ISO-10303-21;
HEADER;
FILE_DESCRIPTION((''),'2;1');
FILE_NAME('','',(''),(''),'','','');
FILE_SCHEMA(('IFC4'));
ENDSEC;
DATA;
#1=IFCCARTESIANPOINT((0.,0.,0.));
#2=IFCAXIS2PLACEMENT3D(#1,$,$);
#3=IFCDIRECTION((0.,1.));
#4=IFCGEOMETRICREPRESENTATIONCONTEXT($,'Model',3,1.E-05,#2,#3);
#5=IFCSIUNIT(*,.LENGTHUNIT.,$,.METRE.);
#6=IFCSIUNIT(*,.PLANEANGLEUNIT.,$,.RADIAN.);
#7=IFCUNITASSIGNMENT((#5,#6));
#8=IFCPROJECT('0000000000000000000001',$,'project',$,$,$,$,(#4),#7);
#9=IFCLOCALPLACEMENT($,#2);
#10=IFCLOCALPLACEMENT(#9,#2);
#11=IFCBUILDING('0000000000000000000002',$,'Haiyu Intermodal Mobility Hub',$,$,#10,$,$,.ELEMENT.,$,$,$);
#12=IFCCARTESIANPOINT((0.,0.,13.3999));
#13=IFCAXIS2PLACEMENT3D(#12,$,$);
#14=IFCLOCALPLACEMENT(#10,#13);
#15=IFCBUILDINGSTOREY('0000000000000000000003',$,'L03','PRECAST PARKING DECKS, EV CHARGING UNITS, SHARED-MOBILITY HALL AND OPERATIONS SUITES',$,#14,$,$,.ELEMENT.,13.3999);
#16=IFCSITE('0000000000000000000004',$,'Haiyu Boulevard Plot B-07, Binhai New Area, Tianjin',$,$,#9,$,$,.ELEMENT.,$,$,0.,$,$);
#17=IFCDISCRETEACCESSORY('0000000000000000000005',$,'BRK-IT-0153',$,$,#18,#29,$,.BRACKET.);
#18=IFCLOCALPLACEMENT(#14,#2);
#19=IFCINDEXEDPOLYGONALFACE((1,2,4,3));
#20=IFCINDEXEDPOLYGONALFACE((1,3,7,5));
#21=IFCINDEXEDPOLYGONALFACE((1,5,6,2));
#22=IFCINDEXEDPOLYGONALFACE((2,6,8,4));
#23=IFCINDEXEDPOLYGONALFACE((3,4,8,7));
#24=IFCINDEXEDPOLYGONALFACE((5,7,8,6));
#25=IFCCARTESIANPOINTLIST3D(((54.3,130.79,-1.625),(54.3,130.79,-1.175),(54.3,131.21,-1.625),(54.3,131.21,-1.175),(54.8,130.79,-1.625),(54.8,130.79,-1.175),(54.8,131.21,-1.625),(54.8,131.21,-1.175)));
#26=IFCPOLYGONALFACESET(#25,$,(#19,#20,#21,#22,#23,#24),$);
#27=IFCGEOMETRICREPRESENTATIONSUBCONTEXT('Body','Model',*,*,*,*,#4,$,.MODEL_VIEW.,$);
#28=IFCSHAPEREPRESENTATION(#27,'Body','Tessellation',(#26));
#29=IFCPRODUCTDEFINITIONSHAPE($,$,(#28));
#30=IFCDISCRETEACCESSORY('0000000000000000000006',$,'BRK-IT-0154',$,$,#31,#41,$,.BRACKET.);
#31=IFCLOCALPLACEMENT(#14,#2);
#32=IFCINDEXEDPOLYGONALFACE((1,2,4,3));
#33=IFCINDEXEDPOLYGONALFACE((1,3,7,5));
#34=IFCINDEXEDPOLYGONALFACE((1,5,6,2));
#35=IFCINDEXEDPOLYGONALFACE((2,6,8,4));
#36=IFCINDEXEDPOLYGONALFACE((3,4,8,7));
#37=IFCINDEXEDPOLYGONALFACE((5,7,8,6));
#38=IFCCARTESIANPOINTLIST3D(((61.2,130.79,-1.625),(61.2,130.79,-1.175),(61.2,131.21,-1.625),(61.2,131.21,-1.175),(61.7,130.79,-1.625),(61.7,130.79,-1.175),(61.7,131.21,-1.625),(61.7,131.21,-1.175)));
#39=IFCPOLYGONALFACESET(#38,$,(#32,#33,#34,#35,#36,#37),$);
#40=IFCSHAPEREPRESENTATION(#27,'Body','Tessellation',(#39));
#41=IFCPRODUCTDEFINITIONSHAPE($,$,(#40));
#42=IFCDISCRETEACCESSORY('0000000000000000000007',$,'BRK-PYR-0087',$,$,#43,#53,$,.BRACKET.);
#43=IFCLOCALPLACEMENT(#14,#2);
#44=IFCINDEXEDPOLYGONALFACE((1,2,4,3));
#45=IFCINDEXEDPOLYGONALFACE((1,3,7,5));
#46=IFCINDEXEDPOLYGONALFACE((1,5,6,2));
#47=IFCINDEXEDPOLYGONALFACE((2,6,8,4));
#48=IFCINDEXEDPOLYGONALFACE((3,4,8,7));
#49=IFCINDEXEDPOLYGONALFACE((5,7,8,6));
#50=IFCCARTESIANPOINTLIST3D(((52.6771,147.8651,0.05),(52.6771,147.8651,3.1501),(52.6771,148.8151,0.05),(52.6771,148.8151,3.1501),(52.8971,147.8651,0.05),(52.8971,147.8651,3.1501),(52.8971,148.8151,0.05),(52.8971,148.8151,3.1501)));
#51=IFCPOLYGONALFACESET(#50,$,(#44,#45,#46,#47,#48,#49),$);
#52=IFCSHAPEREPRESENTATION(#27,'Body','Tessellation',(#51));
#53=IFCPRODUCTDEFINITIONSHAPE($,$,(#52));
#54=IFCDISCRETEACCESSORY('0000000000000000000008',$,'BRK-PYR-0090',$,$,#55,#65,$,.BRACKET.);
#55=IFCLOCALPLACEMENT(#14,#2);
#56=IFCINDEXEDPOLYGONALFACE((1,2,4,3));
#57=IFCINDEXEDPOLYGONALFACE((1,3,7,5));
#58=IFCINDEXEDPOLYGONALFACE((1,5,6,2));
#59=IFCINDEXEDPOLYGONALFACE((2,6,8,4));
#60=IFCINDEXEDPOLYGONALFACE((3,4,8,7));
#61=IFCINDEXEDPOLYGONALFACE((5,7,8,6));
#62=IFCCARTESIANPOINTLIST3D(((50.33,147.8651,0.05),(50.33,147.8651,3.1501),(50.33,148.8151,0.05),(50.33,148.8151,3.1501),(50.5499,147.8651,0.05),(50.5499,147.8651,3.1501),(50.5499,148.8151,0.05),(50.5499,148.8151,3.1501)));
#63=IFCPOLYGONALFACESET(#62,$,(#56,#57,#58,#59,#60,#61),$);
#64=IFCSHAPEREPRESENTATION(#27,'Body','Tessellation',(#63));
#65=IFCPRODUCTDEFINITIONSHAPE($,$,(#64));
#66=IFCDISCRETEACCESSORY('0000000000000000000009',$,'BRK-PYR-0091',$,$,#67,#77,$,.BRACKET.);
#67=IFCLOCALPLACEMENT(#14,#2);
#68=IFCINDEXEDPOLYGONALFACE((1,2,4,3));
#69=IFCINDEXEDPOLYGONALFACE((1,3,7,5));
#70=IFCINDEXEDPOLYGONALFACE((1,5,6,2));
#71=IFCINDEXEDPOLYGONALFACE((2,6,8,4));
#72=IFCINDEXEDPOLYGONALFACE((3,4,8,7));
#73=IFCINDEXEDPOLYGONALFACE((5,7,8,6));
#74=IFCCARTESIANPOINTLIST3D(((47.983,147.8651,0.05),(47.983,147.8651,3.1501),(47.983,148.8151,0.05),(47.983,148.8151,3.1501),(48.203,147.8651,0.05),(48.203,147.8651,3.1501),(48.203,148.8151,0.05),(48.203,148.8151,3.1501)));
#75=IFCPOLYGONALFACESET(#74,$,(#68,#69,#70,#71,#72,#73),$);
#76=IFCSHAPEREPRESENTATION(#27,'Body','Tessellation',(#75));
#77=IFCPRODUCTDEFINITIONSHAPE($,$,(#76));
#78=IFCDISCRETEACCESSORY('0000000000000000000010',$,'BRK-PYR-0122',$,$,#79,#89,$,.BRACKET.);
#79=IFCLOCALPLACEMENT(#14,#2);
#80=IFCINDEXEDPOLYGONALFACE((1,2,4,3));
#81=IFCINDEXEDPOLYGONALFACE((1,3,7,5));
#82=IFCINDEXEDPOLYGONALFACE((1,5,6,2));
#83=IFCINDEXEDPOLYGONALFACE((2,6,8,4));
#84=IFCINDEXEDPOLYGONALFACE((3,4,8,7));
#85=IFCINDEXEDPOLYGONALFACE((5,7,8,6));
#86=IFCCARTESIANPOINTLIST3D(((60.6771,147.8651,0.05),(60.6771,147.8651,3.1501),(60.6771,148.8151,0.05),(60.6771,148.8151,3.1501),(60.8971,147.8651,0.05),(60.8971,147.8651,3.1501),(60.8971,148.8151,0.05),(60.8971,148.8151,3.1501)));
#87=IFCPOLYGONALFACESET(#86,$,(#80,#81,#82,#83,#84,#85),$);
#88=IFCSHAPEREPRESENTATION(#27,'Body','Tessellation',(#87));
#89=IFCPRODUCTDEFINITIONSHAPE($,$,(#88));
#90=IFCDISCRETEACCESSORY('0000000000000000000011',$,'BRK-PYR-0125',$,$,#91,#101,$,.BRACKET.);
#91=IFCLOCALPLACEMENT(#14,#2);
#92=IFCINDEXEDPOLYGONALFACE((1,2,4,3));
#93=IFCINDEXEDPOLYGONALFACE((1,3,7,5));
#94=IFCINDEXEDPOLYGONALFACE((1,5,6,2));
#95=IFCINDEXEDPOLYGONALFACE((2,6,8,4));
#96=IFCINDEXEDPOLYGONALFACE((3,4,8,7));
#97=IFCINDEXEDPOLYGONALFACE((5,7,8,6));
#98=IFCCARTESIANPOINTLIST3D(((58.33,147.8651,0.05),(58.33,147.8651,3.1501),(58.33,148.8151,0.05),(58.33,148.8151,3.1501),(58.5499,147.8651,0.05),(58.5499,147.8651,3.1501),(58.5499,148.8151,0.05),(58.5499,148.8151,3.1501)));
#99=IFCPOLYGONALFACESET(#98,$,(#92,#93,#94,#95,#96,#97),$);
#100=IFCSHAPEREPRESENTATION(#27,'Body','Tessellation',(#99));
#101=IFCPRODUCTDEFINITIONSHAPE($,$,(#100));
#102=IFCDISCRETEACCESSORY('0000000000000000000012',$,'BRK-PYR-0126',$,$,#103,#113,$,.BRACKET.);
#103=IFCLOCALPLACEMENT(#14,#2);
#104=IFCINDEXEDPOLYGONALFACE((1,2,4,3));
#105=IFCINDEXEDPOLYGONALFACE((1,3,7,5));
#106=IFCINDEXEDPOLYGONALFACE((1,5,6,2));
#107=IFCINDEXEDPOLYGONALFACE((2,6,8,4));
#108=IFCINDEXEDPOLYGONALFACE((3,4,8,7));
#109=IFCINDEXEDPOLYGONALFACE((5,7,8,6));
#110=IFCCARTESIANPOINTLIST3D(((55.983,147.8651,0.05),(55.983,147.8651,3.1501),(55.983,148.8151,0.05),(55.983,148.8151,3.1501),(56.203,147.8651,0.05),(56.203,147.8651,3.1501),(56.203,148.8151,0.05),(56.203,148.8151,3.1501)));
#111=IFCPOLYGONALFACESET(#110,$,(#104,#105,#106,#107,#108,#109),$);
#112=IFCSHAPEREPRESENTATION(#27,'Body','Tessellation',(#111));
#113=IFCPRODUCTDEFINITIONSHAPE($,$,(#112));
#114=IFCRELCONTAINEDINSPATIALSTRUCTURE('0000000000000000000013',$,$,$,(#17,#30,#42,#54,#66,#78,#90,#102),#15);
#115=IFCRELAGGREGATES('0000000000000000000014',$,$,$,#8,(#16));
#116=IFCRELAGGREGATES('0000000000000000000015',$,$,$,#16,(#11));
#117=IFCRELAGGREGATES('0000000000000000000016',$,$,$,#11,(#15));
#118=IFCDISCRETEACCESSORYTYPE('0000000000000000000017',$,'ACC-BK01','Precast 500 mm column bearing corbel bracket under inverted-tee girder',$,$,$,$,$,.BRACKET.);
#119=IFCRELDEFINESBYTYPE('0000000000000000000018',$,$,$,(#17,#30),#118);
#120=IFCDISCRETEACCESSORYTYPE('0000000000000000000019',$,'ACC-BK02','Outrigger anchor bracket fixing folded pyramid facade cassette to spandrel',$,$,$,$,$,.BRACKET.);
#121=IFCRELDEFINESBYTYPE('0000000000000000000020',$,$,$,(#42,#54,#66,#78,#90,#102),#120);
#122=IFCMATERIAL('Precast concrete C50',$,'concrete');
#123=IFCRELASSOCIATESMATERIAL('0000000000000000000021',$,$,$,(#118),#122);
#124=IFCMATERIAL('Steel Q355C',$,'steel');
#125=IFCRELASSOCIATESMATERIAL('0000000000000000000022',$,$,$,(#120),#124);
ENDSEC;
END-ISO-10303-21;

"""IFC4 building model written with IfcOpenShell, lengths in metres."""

from ifc_helpers import new_model, si_unit, direction, frame, origin, origin_2d, place, context, subcontext, project, spatial, rectangle, extrude, material, type_object, element, save


model = new_model("IFC4")

# Units and contexts
model_context = context("Model", 3, precision=1e-05, world=origin(), true_north=direction((0.0, 1.0)))
body_context = subcontext(model_context, "Body", "Model", "MODEL_VIEW")
ifc_project = project(units=[si_unit("LENGTHUNIT", "METRE"), si_unit("PLANEANGLEUNIT", "RADIAN")], contexts=[model_context])

# Site, building, storey
site_placement = place(None, origin())
site = spatial("IfcSite", under=ifc_project, at=site_placement, Name="Haiyu Boulevard Plot B-07, Binhai New Area, Tianjin", CompositionType="ELEMENT", RefElevation=0.0)
building_placement = place(site_placement, origin())
building = spatial("IfcBuilding", under=site, at=building_placement, Name="Haiyu Intermodal Mobility Hub", CompositionType="ELEMENT")
storey_placement = place(building_placement, frame((0.0, 0.0, 13.3999)))
storey = spatial("IfcBuildingStorey", under=building, at=storey_placement, Name="L03", Description="PRECAST PARKING DECKS, EV CHARGING UNITS, SHARED-MOBILITY HALL AND OPERATIONS SUITES", CompositionType="ELEMENT", Elevation=13.3999)

# Shared definitions
ifc_material_1 = material(Name="Precast concrete C50", Category="concrete")

# Shared definitions
ifc_material_2 = material(Name="Steel Q355C", Category="steel")

# Discrete accessories
discrete_accessory_type_1 = type_object("IfcDiscreteAccessoryType", Name="ACC-BK01", Description="Precast 500 mm column bearing corbel bracket under inverted-tee girder", PredefinedType="BRACKET", material=ifc_material_1)
for number, where, z_axis, x_axis, name in (
    (1, (54.55, 131.0, -1.625), (0.0, 0.0, 1.0), (1.0, 0.0, 0.0), "BRK-IT-0153"),
    (2, (61.45, 131.0, -1.625), (0.0, 0.0, 1.0), (1.0, 0.0, 0.0), "BRK-IT-0154"),
):
    element("IfcDiscreteAccessory", number, at=place(storey_placement, frame(where, z_axis=z_axis, x_axis=x_axis)), inside=storey, type_object=discrete_accessory_type_1, Name=name, PredefinedType="BRACKET", context=body_context, shape_type="SweptSolid", body=[
        extrude(rectangle(XDim=0.5, YDim=0.4199, at=origin_2d()), origin(), (0.0, 0.0, 1.0), 0.45),
    ])
discrete_accessory_type_2 = type_object("IfcDiscreteAccessoryType", Name="ACC-BK02", Description="Outrigger anchor bracket fixing folded pyramid facade cassette to spandrel", PredefinedType="BRACKET", material=ifc_material_2)
for number, where, z_axis, x_axis, name in (
    (3, (52.7871, 148.3401, 0.05), (0.0, 0.0, 1.0), (1.0, 0.0, 0.0), "BRK-PYR-0087"),
    (4, (50.4399, 148.3401, 0.05), (0.0, 0.0, 1.0), (1.0, 0.0, 0.0), "BRK-PYR-0090"),
    (5, (48.093, 148.3401, 0.05), (0.0, 0.0, 1.0), (1.0, 0.0, 0.0), "BRK-PYR-0091"),
    (6, (60.7871, 148.3401, 0.05), (0.0, 0.0, 1.0), (1.0, 0.0, 0.0), "BRK-PYR-0122"),
    (7, (58.4399, 148.3401, 0.05), (0.0, 0.0, 1.0), (1.0, 0.0, 0.0), "BRK-PYR-0125"),
    (8, (56.093, 148.3401, 0.05), (0.0, 0.0, 1.0), (1.0, 0.0, 0.0), "BRK-PYR-0126"),
):
    element("IfcDiscreteAccessory", number, at=place(storey_placement, frame(where, z_axis=z_axis, x_axis=x_axis)), inside=storey, type_object=discrete_accessory_type_2, Name=name, PredefinedType="BRACKET", context=body_context, shape_type="SweptSolid", body=[
        extrude(rectangle(XDim=0.22, YDim=0.95, at=origin_2d()), origin(), (0.0, 0.0, 1.0), 3.1001),
    ])

save(model, "model.ifc")
